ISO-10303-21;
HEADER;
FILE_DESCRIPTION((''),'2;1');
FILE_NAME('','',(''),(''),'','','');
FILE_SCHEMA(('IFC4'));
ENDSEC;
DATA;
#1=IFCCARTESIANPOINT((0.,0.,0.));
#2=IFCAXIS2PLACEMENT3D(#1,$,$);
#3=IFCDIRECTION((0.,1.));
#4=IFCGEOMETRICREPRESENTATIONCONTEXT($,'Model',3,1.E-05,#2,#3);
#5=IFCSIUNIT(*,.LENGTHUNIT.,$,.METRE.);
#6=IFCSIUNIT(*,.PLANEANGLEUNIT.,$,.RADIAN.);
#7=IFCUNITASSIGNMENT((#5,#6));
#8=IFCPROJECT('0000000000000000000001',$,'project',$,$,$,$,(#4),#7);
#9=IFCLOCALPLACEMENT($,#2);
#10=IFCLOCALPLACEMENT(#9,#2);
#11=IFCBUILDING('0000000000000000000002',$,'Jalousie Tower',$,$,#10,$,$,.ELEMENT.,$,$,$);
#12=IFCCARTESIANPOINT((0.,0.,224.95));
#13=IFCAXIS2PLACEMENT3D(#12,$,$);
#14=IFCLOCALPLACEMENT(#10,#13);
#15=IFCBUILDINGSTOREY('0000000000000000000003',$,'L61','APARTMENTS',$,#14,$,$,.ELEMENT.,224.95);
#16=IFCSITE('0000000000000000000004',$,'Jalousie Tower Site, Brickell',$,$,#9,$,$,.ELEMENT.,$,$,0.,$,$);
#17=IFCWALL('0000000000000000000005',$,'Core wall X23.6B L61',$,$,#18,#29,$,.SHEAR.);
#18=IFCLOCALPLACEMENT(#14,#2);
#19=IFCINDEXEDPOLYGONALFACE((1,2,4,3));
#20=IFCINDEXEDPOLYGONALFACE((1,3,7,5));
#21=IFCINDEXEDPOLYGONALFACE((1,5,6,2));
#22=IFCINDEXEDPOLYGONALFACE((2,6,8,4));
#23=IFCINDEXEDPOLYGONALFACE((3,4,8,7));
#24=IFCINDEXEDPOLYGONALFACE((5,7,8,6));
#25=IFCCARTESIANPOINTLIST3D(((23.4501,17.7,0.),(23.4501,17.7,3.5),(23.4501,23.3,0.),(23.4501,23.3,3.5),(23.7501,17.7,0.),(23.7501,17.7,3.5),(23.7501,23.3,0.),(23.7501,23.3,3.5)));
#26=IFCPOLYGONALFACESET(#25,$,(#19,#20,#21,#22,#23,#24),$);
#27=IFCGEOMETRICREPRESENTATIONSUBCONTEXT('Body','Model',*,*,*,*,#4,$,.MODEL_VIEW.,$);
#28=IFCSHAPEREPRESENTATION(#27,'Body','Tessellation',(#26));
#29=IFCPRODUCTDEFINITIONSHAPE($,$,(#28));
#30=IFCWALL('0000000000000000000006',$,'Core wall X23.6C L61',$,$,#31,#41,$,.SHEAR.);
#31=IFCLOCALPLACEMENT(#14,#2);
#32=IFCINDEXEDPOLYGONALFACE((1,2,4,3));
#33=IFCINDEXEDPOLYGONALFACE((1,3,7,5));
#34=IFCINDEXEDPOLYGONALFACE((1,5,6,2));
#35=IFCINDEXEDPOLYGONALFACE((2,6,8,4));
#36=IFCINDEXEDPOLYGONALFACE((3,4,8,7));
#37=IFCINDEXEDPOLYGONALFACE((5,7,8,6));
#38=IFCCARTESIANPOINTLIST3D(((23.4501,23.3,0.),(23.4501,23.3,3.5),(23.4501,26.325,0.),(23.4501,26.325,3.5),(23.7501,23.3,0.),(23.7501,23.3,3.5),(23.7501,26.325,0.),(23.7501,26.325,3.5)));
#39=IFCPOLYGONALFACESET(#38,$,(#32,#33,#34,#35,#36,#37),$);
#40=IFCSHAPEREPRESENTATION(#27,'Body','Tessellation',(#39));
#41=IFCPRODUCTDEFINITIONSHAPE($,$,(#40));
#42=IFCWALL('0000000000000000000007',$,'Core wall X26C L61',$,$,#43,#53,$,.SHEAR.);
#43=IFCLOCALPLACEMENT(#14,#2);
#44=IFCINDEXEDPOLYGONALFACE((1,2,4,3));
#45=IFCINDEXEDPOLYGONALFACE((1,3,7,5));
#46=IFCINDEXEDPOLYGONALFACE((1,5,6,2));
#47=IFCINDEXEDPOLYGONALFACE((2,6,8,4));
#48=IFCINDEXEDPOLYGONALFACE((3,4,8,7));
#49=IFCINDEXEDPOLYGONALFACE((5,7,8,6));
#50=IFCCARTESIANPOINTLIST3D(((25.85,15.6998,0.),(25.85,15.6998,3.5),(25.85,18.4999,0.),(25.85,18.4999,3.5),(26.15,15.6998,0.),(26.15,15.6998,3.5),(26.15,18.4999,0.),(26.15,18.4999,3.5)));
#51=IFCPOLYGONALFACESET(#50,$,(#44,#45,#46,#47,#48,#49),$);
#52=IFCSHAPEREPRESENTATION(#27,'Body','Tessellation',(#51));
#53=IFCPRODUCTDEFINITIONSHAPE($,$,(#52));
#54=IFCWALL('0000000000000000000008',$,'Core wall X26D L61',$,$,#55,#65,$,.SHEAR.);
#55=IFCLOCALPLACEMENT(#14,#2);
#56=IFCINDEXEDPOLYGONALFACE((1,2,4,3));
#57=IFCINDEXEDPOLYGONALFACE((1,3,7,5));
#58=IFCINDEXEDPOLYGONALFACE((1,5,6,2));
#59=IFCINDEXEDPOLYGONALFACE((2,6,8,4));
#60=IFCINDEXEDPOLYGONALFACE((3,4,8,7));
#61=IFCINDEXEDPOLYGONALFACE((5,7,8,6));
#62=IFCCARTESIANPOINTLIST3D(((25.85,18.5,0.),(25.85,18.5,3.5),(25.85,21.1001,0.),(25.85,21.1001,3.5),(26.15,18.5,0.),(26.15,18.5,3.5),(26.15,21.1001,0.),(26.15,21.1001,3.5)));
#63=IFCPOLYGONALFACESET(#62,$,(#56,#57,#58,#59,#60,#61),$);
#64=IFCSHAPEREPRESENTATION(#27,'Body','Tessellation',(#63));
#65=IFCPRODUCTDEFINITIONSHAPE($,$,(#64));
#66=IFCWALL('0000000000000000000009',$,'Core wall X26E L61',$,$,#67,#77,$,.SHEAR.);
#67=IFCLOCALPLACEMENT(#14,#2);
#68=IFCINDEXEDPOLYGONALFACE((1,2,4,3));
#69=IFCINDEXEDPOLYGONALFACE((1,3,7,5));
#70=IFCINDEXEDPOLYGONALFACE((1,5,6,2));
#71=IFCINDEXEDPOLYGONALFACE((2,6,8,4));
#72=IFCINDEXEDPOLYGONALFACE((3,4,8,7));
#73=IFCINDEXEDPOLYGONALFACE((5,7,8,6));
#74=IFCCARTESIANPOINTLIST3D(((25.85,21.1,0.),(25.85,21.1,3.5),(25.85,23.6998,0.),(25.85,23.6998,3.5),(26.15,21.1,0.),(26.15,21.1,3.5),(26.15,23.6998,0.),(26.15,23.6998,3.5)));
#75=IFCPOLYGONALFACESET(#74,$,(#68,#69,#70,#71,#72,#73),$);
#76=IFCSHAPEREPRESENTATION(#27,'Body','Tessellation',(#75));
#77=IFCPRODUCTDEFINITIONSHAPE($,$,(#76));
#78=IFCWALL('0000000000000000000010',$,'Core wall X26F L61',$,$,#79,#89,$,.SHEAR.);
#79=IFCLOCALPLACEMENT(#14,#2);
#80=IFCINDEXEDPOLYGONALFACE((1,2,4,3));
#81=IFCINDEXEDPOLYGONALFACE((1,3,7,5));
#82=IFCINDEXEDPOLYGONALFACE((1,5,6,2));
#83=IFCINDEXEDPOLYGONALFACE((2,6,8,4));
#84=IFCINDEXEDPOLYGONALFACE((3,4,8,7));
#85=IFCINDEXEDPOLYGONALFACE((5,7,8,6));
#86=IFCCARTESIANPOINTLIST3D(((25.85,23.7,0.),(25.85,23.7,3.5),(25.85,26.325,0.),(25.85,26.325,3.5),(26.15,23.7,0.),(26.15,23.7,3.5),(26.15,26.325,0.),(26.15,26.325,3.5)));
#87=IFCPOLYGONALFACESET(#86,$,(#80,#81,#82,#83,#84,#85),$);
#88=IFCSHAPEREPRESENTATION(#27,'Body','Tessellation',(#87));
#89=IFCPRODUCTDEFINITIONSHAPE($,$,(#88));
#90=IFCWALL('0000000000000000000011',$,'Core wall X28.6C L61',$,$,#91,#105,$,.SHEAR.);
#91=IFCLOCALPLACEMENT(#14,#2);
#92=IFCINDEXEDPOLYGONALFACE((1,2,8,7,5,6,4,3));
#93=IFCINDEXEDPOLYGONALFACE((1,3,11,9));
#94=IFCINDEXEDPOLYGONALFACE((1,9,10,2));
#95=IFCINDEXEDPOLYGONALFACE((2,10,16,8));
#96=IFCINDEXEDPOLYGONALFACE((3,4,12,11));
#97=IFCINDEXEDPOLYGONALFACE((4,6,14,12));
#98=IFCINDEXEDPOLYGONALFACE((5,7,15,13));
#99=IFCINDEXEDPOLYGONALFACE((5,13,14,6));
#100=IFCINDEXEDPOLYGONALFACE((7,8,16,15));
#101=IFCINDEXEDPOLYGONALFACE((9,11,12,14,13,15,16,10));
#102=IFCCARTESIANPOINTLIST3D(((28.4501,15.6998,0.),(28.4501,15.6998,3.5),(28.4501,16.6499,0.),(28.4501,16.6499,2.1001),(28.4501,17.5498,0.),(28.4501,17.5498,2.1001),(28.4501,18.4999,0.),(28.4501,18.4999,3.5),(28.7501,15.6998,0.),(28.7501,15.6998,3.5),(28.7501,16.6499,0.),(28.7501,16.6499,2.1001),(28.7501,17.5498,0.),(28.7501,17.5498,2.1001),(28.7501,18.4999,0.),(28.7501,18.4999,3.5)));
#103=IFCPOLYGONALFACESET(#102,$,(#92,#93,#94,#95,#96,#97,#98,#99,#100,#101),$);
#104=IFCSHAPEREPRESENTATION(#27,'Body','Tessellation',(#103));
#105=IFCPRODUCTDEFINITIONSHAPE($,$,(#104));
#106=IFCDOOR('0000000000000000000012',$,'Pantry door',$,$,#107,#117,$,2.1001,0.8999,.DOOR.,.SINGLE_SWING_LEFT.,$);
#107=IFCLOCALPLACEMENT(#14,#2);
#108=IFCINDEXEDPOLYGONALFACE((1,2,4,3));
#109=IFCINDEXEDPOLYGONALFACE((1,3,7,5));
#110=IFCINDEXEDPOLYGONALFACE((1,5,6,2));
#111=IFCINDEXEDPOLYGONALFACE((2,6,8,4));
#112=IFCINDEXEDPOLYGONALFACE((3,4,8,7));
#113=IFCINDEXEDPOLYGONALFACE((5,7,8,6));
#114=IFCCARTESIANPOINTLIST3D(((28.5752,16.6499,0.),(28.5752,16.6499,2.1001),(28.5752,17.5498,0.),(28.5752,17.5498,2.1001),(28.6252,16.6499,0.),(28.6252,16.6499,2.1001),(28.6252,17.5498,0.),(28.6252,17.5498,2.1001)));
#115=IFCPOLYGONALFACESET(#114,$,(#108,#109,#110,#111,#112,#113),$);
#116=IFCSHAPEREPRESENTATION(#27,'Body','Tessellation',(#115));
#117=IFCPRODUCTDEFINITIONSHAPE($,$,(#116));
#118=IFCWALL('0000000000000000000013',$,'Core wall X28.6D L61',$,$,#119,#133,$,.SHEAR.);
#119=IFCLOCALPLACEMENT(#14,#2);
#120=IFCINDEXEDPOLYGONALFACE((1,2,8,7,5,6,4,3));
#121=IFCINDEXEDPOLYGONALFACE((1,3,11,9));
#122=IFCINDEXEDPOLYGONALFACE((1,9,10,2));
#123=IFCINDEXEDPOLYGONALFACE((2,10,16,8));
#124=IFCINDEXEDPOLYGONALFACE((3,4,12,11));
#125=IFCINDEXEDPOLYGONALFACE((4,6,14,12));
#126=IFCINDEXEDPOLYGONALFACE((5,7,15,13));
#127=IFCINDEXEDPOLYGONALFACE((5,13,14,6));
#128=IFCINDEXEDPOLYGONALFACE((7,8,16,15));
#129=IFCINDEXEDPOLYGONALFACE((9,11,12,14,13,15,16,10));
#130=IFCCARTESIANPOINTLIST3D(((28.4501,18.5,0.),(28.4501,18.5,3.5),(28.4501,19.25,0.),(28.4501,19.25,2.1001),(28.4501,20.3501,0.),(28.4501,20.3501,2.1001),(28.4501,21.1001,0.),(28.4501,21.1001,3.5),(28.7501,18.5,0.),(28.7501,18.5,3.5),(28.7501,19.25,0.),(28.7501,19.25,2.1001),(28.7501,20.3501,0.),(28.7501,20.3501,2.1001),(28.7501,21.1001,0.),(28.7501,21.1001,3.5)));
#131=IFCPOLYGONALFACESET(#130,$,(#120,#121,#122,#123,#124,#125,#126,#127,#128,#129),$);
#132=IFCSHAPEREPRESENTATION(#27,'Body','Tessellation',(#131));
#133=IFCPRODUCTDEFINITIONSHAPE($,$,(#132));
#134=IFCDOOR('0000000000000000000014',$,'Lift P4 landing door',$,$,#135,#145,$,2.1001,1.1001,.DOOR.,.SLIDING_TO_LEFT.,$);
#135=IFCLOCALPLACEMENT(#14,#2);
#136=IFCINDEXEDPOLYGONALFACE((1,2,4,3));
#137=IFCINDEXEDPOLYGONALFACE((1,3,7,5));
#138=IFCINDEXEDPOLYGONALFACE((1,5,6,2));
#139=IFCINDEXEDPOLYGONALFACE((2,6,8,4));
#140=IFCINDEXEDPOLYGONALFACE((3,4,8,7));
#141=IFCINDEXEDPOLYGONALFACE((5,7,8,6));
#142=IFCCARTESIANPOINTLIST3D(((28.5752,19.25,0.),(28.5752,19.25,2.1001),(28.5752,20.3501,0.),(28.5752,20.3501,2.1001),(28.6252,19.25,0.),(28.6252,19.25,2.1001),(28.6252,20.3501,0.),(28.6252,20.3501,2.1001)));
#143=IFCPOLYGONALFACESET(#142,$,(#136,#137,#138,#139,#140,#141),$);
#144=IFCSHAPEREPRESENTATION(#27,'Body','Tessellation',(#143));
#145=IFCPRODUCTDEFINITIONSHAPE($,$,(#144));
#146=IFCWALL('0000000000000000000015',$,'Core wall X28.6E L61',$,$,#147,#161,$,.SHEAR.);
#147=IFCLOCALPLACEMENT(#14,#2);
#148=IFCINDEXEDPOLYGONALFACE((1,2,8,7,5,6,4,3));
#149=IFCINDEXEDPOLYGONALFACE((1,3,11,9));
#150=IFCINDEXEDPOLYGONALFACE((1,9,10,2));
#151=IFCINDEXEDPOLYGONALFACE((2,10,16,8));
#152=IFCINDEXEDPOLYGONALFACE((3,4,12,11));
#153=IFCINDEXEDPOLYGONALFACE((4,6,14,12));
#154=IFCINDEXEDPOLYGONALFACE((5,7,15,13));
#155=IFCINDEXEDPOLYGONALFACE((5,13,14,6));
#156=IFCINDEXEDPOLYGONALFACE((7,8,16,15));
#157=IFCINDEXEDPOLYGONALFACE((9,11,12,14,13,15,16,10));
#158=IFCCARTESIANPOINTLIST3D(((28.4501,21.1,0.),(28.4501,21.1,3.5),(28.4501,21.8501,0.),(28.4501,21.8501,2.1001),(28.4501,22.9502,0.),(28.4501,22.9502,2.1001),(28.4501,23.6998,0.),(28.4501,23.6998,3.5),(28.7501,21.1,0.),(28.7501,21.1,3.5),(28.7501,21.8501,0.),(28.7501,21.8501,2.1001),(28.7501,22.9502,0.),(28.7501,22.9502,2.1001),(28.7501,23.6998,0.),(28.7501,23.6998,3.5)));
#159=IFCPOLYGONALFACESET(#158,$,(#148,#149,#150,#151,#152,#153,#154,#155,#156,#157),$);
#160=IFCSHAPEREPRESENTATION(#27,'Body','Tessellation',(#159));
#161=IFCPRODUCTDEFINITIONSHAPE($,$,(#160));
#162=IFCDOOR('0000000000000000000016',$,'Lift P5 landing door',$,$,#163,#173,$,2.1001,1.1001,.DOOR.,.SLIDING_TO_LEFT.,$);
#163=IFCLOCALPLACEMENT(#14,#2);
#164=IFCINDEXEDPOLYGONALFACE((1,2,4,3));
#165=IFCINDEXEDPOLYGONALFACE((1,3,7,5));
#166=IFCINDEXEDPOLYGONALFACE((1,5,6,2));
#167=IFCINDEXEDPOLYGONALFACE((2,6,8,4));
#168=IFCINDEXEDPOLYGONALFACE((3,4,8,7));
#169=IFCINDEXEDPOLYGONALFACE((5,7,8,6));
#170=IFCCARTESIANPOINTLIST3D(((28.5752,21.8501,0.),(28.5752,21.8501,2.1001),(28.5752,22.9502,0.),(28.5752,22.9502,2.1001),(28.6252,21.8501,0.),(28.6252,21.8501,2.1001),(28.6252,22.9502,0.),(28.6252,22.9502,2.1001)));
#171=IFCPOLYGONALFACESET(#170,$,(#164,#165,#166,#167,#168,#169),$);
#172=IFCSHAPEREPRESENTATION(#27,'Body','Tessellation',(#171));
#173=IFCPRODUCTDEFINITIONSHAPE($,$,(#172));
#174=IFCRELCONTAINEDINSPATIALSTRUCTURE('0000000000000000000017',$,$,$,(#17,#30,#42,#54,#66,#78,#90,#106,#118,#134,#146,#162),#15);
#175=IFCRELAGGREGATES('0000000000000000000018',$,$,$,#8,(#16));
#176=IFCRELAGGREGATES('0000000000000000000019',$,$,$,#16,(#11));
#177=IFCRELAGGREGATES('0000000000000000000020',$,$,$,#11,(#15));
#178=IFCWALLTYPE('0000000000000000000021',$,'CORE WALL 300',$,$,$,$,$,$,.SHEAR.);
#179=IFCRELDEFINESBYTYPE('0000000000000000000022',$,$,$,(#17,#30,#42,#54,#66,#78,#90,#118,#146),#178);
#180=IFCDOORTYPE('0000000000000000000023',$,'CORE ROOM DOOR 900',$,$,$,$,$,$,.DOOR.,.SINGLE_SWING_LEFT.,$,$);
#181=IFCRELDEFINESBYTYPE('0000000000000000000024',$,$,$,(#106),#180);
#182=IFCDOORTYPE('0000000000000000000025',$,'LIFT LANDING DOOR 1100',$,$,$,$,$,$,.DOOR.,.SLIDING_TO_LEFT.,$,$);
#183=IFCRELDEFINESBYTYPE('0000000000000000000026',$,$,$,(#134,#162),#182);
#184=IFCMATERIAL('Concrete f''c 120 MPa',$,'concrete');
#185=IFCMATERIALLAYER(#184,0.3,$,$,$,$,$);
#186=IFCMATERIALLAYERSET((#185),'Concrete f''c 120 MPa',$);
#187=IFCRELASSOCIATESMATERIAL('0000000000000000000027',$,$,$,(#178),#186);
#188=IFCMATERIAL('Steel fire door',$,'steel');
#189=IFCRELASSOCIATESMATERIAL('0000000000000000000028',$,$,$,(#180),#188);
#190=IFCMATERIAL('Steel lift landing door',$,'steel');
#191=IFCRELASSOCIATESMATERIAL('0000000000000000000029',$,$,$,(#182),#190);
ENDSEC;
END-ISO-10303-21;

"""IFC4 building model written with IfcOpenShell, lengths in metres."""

from ifc_helpers import new_model, si_unit, direction, frame, frame_2d, origin, place, context, subcontext, project, spatial, rectangle, extrude, material, layer, layer_set, type_object, element, fill, save


model = new_model("IFC4")

# Units and contexts
model_context = context("Model", 3, precision=1e-05, world=origin(), true_north=direction((0.0, 1.0)))
body_context = subcontext(model_context, "Body", "Model", "MODEL_VIEW")
ifc_project = project(units=[si_unit("LENGTHUNIT", "METRE"), si_unit("PLANEANGLEUNIT", "RADIAN")], contexts=[model_context])

# Site, building, storey
site_placement = place(None, origin())
site = spatial("IfcSite", under=ifc_project, at=site_placement, Name="Jalousie Tower Site, Brickell", CompositionType="ELEMENT", RefElevation=0.0)
building_placement = place(site_placement, origin())
building = spatial("IfcBuilding", under=site, at=building_placement, Name="Jalousie Tower", CompositionType="ELEMENT")
storey_placement = place(building_placement, frame((0.0, 0.0, 224.95)))
storey = spatial("IfcBuildingStorey", under=building, at=storey_placement, Name="L61", Description="APARTMENTS", CompositionType="ELEMENT", Elevation=224.95)

# Walls
ifc_material_1 = material(Name="Concrete f'c 120 MPa", Category="concrete")
ifc_layer = layer(ifc_material_1, 0.3)
ifc_layer_set = layer_set([ifc_layer], Name="Concrete f'c 120 MPa")
wall_type = type_object("IfcWallType", Name="CORE WALL 300", PredefinedType="SHEAR", material=ifc_layer_set)
wall_1_placement = place(storey_placement, frame((23.6001, 17.7, 0.0), z_axis=(0.0, 0.0, 1.0), x_axis=(0.0, 1.0, 0.0)))
element("IfcWall", 1, at=wall_1_placement, inside=storey, type_object=wall_type, Name="Core wall X23.6B L61", PredefinedType="SHEAR", context=body_context, shape_type="SweptSolid", body=[
    extrude(rectangle(XDim=5.6001, YDim=0.3, at=frame_2d((2.8, 0.0))), origin(), (0.0, 0.0, 1.0), 3.5),
])
wall_2_placement = place(storey_placement, frame((23.6001, 23.3, 0.0), z_axis=(0.0, 0.0, 1.0), x_axis=(0.0, 1.0, 0.0)))
element("IfcWall", 2, at=wall_2_placement, inside=storey, type_object=wall_type, Name="Core wall X23.6C L61", PredefinedType="SHEAR", context=body_context, shape_type="SweptSolid", body=[
    extrude(rectangle(XDim=3.0249, YDim=0.3, at=frame_2d((1.5125, 0.0))), origin(), (0.0, 0.0, 1.0), 3.5),
])
wall_3_placement = place(storey_placement, frame((26.0, 15.7, 0.0), z_axis=(0.0, 0.0, 1.0), x_axis=(0.0, 1.0, 0.0)))
element("IfcWall", 3, at=wall_3_placement, inside=storey, type_object=wall_type, Name="Core wall X26C L61", PredefinedType="SHEAR", context=body_context, shape_type="SweptSolid", body=[
    extrude(rectangle(XDim=2.8, YDim=0.3, at=frame_2d((1.3999, 0.0))), origin(), (0.0, 0.0, 1.0), 3.5),
])
wall_4_placement = place(storey_placement, frame((26.0, 18.5, 0.0), z_axis=(0.0, 0.0, 1.0), x_axis=(0.0, 1.0, 0.0)))
element("IfcWall", 4, at=wall_4_placement, inside=storey, type_object=wall_type, Name="Core wall X26D L61", PredefinedType="SHEAR", context=body_context, shape_type="SweptSolid", body=[
    extrude(rectangle(XDim=2.6001, YDim=0.3, at=frame_2d((1.3, 0.0))), origin(), (0.0, 0.0, 1.0), 3.5),
])
wall_5_placement = place(storey_placement, frame((26.0, 21.1001, 0.0), z_axis=(0.0, 0.0, 1.0), x_axis=(0.0, 1.0, 0.0)))
element("IfcWall", 5, at=wall_5_placement, inside=storey, type_object=wall_type, Name="Core wall X26E L61", PredefinedType="SHEAR", context=body_context, shape_type="SweptSolid", body=[
    extrude(rectangle(XDim=2.5999, YDim=0.3, at=frame_2d((1.2998, 0.0))), origin(), (0.0, 0.0, 1.0), 3.5),
])
wall_6_placement = place(storey_placement, frame((26.0, 23.7, 0.0), z_axis=(0.0, 0.0, 1.0), x_axis=(0.0, 1.0, 0.0)))
element("IfcWall", 6, at=wall_6_placement, inside=storey, type_object=wall_type, Name="Core wall X26F L61", PredefinedType="SHEAR", context=body_context, shape_type="SweptSolid", body=[
    extrude(rectangle(XDim=2.625, YDim=0.3, at=frame_2d((1.3125, 0.0))), origin(), (0.0, 0.0, 1.0), 3.5),
])

# Walls, openings, doors
wall_7_placement = place(storey_placement, frame((28.6001, 15.7, 0.0), z_axis=(0.0, 0.0, 1.0), x_axis=(0.0, 1.0, 0.0)))
wall_7 = element("IfcWall", 7, at=wall_7_placement, inside=storey, type_object=wall_type, Name="Core wall X28.6C L61", PredefinedType="SHEAR", context=body_context, shape_type="SweptSolid", body=[
    extrude(rectangle(XDim=2.8, YDim=0.3, at=frame_2d((1.3999, 0.0))), origin(), (0.0, 0.0, 1.0), 3.5),
])
opening_1_placement = place(wall_7_placement, frame((0.95, 0.0, 0.0)))
opening_1 = element("IfcOpeningElement", 8, at=opening_1_placement, cuts=wall_7, PredefinedType="OPENING", context=body_context, shape_type="SweptSolid", body=[
    extrude(rectangle(XDim=0.8999, YDim=2.1001, at=frame_2d((0.45, 1.05))), frame((0.0, 0.1599, 0.0), z_axis=(0.0, -1.0, 0.0), x_axis=(1.0, 0.0, 0.0)), (0.0, 0.0, 1.0), 0.3201),
])
ifc_material_2 = material(Name="Steel fire door", Category="steel")
door_type_1 = type_object("IfcDoorType", Name="CORE ROOM DOOR 900", OperationType="SINGLE_SWING_LEFT", PredefinedType="DOOR", material=ifc_material_2)
door_1_placement = place(opening_1_placement, origin())
door_1 = element("IfcDoor", 9, at=door_1_placement, inside=storey, type_object=door_type_1, Name="Pantry door", OperationType="SINGLE_SWING_LEFT", OverallHeight=2.1001, OverallWidth=0.8999, PredefinedType="DOOR", context=body_context, shape_type="SweptSolid", body=[
    extrude(rectangle(XDim=0.8999, YDim=2.1001, at=frame_2d((0.45, 1.05))), frame((0.0, 0.0249, 0.0), z_axis=(0.0, -1.0, 0.0), x_axis=(1.0, 0.0, 0.0)), (0.0, 0.0, 1.0), 0.05),
])
fill(opening_1, door_1)
wall_8_placement = place(storey_placement, frame((28.6001, 18.5, 0.0), z_axis=(0.0, 0.0, 1.0), x_axis=(0.0, 1.0, 0.0)))
wall_8 = element("IfcWall", 10, at=wall_8_placement, inside=storey, type_object=wall_type, Name="Core wall X28.6D L61", PredefinedType="SHEAR", context=body_context, shape_type="SweptSolid", body=[
    extrude(rectangle(XDim=2.6001, YDim=0.3, at=frame_2d((1.3, 0.0))), origin(), (0.0, 0.0, 1.0), 3.5),
])
opening_2_placement = place(wall_8_placement, frame((0.75, 0.0, 0.0)))
opening_2 = element("IfcOpeningElement", 11, at=opening_2_placement, cuts=wall_8, PredefinedType="OPENING", context=body_context, shape_type="SweptSolid", body=[
    extrude(rectangle(XDim=1.1001, YDim=2.1001, at=frame_2d((0.55, 1.05))), frame((0.0, 0.1599, 0.0), z_axis=(0.0, -1.0, 0.0), x_axis=(1.0, 0.0, 0.0)), (0.0, 0.0, 1.0), 0.3201),
])
ifc_material_3 = material(Name="Steel lift landing door", Category="steel")
door_type_2 = type_object("IfcDoorType", Name="LIFT LANDING DOOR 1100", OperationType="SLIDING_TO_LEFT", PredefinedType="DOOR", material=ifc_material_3)
door_2_placement = place(opening_2_placement, origin())
door_2 = element("IfcDoor", 12, at=door_2_placement, inside=storey, type_object=door_type_2, Name="Lift P4 landing door", OperationType="SLIDING_TO_LEFT", OverallHeight=2.1001, OverallWidth=1.1001, PredefinedType="DOOR", context=body_context, shape_type="SweptSolid", body=[
    extrude(rectangle(XDim=1.1001, YDim=2.1001, at=frame_2d((0.55, 1.05))), frame((0.0, 0.0249, 0.0), z_axis=(0.0, -1.0, 0.0), x_axis=(1.0, 0.0, 0.0)), (0.0, 0.0, 1.0), 0.05),
])
fill(opening_2, door_2)
wall_9_placement = place(storey_placement, frame((28.6001, 21.1001, 0.0), z_axis=(0.0, 0.0, 1.0), x_axis=(0.0, 1.0, 0.0)))
wall_9 = element("IfcWall", 13, at=wall_9_placement, inside=storey, type_object=wall_type, Name="Core wall X28.6E L61", PredefinedType="SHEAR", context=body_context, shape_type="SweptSolid", body=[
    extrude(rectangle(XDim=2.5999, YDim=0.3, at=frame_2d((1.2998, 0.0))), origin(), (0.0, 0.0, 1.0), 3.5),
])
opening_3_placement = place(wall_9_placement, frame((0.75, 0.0, 0.0)))
opening_3 = element("IfcOpeningElement", 14, at=opening_3_placement, cuts=wall_9, PredefinedType="OPENING", context=body_context, shape_type="SweptSolid", body=[
    extrude(rectangle(XDim=1.1001, YDim=2.1001, at=frame_2d((0.55, 1.05))), frame((0.0, 0.1599, 0.0), z_axis=(0.0, -1.0, 0.0), x_axis=(1.0, 0.0, 0.0)), (0.0, 0.0, 1.0), 0.3201),
])
door_3_placement = place(opening_3_placement, origin())
door_3 = element("IfcDoor", 15, at=door_3_placement, inside=storey, type_object=door_type_2, Name="Lift P5 landing door", OperationType="SLIDING_TO_LEFT", OverallHeight=2.1001, OverallWidth=1.1001, PredefinedType="DOOR", context=body_context, shape_type="SweptSolid", body=[
    extrude(rectangle(XDim=1.1001, YDim=2.1001, at=frame_2d((0.55, 1.05))), frame((0.0, 0.0249, 0.0), z_axis=(0.0, -1.0, 0.0), x_axis=(1.0, 0.0, 0.0)), (0.0, 0.0, 1.0), 0.05),
])
fill(opening_3, door_3)

save(model, "model.ifc")
